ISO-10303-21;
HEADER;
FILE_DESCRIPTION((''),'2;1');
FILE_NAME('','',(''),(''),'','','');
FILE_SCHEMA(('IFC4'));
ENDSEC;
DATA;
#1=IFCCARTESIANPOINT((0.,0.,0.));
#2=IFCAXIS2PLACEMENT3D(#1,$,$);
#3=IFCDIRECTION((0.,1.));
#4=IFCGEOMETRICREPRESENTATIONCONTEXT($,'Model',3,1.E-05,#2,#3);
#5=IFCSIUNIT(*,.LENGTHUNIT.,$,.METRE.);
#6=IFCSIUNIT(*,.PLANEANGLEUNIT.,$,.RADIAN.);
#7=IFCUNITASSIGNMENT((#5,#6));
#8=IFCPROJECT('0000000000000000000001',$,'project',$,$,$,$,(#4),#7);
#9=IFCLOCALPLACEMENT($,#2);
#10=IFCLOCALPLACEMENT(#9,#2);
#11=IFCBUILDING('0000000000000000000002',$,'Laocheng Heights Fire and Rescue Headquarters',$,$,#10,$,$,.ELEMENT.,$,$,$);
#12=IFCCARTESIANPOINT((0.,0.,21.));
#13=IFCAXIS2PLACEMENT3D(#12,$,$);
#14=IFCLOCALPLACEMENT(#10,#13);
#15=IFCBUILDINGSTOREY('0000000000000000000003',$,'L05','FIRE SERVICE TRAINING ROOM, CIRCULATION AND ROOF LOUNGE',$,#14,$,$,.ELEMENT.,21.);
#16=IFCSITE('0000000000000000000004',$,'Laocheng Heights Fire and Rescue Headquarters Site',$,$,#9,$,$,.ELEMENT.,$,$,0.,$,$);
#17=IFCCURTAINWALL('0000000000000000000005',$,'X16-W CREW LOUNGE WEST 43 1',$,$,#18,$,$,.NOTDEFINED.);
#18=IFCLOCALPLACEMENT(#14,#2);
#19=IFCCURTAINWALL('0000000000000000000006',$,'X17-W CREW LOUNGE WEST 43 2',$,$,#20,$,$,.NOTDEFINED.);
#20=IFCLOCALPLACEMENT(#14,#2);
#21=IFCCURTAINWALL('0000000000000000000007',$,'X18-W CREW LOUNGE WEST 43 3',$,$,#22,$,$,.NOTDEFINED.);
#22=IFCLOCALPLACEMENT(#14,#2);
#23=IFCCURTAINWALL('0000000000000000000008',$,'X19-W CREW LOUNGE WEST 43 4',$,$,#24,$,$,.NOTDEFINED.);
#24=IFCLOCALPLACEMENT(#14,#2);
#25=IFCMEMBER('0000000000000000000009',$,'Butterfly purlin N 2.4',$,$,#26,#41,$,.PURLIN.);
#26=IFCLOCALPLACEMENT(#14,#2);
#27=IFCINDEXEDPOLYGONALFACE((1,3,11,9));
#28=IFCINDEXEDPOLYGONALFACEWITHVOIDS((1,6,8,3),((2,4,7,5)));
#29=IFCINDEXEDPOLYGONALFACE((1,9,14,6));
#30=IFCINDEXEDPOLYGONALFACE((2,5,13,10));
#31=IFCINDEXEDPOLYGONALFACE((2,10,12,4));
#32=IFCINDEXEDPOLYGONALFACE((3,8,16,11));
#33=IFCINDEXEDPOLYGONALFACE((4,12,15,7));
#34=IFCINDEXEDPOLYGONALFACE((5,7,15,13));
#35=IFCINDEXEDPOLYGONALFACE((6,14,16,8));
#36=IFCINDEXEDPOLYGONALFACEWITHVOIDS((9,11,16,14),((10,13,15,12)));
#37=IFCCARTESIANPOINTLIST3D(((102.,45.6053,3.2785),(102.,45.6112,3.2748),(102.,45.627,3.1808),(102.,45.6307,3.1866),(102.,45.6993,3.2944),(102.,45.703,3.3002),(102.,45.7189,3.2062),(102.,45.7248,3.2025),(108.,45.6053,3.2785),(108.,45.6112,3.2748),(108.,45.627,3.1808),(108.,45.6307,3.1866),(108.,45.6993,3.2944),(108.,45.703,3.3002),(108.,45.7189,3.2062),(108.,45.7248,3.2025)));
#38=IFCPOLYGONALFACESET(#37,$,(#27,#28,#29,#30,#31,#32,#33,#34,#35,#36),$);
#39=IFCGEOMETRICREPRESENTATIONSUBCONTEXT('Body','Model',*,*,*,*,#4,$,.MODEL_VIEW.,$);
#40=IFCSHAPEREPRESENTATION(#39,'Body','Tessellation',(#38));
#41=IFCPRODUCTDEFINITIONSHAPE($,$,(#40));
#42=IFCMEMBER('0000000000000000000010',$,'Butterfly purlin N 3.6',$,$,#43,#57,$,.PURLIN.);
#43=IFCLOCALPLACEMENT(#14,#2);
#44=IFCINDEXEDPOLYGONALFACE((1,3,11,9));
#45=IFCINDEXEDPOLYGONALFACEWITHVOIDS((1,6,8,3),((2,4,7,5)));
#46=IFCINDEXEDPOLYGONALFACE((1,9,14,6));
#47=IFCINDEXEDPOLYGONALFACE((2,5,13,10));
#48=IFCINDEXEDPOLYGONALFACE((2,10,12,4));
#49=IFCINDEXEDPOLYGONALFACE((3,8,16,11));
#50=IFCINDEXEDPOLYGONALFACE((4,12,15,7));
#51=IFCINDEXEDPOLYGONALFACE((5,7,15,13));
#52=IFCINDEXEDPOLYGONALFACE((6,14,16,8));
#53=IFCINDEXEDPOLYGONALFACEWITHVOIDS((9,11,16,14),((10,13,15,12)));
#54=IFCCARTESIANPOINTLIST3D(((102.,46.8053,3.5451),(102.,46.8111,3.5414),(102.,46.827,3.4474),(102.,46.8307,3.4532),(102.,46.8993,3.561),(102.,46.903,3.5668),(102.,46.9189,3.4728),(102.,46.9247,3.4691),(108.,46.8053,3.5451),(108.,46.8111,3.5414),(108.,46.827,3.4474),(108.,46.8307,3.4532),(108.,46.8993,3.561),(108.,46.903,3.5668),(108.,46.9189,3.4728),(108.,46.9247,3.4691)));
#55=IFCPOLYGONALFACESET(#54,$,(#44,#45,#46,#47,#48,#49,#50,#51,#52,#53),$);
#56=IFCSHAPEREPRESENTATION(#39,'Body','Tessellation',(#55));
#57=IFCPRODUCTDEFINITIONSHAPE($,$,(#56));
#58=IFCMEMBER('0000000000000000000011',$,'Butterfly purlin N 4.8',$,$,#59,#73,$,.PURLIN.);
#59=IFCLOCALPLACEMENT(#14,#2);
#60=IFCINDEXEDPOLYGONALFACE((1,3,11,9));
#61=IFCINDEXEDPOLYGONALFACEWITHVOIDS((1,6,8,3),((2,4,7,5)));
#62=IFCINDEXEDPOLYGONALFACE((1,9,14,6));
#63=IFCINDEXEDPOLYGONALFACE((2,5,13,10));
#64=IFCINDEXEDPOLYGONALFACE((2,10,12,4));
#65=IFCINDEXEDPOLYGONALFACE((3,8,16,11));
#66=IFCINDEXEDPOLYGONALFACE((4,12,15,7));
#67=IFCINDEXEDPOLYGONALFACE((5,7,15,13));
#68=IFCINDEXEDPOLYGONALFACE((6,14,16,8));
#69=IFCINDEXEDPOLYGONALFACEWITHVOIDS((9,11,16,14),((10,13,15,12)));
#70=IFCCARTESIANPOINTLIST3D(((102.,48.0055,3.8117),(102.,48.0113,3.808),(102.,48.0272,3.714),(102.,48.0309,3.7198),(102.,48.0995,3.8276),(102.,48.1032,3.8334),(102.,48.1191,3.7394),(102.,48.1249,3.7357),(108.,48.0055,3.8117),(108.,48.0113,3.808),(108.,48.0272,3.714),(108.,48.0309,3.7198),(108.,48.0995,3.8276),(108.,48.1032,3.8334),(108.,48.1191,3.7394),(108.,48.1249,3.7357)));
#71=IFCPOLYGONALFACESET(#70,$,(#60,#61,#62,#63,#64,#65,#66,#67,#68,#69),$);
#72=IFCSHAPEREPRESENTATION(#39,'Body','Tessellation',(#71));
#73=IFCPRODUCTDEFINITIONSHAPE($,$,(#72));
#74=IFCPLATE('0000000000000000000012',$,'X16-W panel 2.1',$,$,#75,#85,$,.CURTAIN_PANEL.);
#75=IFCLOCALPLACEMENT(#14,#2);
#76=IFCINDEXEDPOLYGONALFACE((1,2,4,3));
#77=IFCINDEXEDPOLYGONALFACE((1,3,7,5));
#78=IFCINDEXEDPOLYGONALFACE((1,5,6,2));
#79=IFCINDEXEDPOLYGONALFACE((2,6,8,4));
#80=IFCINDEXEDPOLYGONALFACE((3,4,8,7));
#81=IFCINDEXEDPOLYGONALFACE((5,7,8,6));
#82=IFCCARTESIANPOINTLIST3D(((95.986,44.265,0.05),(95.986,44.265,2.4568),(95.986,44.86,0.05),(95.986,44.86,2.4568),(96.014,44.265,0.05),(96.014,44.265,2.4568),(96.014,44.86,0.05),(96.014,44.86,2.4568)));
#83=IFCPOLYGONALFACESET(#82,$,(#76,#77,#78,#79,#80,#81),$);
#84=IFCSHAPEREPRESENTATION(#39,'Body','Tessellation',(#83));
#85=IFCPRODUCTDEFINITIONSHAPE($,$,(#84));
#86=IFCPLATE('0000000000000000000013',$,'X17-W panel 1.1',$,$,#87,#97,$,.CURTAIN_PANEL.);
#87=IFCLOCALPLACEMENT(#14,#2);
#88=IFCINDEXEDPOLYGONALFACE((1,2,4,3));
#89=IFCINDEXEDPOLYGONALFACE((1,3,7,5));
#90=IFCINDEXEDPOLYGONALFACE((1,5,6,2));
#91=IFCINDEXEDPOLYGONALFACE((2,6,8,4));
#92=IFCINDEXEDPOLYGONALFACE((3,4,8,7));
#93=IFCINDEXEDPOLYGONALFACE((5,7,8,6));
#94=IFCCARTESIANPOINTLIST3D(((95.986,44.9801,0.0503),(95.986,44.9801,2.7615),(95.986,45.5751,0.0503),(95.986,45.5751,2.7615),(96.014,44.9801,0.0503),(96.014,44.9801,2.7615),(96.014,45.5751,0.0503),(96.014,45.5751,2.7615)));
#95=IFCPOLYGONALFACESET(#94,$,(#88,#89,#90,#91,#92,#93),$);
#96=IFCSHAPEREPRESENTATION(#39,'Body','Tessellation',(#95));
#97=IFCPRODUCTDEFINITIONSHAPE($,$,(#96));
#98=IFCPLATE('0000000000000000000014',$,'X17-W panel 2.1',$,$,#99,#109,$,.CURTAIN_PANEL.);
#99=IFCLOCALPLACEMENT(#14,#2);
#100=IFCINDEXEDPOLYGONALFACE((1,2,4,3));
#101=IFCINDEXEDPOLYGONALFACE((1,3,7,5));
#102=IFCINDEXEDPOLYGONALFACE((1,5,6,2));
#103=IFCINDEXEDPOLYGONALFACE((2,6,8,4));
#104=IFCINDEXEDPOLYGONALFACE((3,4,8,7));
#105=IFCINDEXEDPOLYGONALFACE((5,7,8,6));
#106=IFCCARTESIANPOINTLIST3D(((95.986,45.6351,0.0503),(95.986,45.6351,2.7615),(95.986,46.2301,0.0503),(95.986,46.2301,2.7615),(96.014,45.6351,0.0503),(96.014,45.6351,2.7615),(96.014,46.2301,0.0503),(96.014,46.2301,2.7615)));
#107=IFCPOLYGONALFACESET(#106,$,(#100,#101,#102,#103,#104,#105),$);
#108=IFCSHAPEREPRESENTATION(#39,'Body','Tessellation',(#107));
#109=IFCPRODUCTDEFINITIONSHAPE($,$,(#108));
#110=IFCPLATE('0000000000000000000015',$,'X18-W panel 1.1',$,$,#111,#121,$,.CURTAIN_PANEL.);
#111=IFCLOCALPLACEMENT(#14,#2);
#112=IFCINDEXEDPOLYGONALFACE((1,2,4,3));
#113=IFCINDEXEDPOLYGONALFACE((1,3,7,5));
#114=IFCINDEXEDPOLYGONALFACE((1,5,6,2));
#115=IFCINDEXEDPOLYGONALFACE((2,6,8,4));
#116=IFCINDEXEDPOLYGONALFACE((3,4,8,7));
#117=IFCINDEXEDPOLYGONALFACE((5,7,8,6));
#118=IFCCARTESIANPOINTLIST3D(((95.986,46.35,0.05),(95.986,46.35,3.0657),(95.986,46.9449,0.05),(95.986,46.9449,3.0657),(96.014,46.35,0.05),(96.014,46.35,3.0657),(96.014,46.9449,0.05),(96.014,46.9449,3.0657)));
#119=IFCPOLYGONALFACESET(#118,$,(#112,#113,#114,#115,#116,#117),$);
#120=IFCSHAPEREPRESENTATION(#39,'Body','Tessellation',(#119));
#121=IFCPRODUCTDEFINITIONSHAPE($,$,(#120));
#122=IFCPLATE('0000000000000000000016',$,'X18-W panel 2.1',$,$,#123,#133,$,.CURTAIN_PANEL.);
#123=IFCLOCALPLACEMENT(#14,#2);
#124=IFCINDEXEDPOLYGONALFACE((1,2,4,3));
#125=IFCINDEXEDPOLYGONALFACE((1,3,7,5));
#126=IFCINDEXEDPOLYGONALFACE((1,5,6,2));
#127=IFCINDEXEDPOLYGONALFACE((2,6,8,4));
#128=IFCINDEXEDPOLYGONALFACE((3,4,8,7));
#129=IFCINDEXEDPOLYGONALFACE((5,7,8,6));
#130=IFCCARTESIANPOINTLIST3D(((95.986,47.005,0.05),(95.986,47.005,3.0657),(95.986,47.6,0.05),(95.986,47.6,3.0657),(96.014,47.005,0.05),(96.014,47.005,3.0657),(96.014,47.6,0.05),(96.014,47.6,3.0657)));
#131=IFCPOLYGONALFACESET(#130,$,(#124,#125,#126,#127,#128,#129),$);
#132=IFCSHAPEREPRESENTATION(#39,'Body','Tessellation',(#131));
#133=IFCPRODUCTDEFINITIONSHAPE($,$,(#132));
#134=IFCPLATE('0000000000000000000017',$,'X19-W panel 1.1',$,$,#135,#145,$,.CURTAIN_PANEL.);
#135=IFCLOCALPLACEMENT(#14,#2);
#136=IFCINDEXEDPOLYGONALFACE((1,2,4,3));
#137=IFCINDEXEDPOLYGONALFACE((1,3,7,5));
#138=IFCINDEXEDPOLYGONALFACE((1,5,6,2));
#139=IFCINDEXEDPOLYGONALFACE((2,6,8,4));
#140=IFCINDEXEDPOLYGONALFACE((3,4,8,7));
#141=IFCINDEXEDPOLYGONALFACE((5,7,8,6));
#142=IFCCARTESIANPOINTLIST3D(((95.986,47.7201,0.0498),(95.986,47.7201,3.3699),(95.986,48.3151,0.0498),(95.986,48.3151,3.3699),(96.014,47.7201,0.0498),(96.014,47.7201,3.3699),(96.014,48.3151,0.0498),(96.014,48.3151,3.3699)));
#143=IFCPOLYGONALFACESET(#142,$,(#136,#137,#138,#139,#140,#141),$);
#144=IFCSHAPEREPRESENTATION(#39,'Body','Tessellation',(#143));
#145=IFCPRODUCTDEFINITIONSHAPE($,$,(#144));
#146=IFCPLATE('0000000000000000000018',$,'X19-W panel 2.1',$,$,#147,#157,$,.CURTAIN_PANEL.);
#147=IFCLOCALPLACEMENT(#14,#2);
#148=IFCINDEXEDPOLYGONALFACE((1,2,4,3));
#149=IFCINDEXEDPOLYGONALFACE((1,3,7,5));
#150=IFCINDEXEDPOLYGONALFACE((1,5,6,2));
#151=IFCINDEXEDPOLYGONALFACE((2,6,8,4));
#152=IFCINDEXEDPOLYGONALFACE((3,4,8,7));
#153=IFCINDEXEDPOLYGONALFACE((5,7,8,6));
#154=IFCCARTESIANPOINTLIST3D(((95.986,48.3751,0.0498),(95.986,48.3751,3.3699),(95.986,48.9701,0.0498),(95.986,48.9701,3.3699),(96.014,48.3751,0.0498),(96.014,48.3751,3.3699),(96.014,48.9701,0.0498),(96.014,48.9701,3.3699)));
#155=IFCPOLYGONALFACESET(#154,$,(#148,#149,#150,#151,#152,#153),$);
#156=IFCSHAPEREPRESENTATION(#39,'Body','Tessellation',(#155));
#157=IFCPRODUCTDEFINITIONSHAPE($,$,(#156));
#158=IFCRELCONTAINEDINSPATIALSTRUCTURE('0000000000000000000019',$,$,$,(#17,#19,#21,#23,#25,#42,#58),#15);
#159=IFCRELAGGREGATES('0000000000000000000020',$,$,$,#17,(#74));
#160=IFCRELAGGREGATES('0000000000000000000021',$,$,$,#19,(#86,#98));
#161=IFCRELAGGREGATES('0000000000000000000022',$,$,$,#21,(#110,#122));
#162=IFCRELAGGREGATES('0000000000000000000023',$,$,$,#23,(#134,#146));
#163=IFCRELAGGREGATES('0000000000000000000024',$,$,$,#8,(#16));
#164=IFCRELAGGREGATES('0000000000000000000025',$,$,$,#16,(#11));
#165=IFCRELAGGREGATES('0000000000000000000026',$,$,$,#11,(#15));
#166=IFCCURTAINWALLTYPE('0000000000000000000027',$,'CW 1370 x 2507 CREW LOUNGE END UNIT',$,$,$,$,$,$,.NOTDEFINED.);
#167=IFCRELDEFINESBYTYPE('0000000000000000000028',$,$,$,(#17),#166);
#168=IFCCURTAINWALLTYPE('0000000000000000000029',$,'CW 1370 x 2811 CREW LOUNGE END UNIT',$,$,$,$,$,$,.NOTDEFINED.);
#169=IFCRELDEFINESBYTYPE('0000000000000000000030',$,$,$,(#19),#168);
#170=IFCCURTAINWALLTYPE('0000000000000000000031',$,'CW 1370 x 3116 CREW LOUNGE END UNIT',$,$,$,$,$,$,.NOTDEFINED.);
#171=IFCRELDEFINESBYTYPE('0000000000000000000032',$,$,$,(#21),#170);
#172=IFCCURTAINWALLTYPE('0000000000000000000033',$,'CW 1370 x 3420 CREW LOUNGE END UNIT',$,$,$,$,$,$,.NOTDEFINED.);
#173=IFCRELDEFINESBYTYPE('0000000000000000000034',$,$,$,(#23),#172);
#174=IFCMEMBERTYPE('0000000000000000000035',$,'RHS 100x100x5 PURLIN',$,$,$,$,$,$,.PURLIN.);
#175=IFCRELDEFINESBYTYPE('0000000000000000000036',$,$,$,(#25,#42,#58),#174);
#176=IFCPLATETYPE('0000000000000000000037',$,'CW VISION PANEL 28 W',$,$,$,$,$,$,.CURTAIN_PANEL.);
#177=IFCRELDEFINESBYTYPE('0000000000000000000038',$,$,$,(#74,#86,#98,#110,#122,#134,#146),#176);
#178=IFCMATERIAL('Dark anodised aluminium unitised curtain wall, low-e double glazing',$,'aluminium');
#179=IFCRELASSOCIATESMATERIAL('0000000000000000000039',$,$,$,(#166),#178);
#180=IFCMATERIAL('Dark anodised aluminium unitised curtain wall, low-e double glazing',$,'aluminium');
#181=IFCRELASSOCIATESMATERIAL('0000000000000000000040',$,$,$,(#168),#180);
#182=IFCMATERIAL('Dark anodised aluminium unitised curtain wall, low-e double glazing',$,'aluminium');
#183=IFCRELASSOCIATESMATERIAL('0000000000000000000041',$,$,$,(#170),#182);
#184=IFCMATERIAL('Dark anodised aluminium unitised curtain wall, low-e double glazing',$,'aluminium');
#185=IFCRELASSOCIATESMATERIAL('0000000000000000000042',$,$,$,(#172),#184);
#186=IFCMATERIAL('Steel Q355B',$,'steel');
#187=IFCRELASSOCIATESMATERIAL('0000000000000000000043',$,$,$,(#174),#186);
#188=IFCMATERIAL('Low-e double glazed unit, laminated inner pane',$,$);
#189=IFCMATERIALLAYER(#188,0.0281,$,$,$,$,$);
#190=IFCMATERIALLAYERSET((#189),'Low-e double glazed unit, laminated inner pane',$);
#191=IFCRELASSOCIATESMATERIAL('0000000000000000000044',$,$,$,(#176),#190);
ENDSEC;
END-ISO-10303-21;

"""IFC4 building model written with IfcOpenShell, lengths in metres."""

from ifc_helpers import new_model, si_unit, direction, frame, origin, origin_2d, place, context, subcontext, project, spatial, rectangle, hollow_rectangle, extrude, material, layer, layer_set, material_profile, profile_set, type_object, element, aggregate, save


model = new_model("IFC4")

# Units and contexts
model_context = context("Model", 3, precision=1e-05, world=origin(), true_north=direction((0.0, 1.0)))
body_context = subcontext(model_context, "Body", "Model", "MODEL_VIEW")
ifc_project = project(units=[si_unit("LENGTHUNIT", "METRE"), si_unit("PLANEANGLEUNIT", "RADIAN")], contexts=[model_context])

# Site, building, storey
site_placement = place(None, origin())
site = spatial("IfcSite", under=ifc_project, at=site_placement, Name="Laocheng Heights Fire and Rescue Headquarters Site", CompositionType="ELEMENT", RefElevation=0.0)
building_placement = place(site_placement, origin())
building = spatial("IfcBuilding", under=site, at=building_placement, Name="Laocheng Heights Fire and Rescue Headquarters", CompositionType="ELEMENT")
storey_placement = place(building_placement, frame((0.0, 0.0, 21.0)))
storey = spatial("IfcBuildingStorey", under=building, at=storey_placement, Name="L05", Description="FIRE SERVICE TRAINING ROOM, CIRCULATION AND ROOF LOUNGE", CompositionType="ELEMENT", Elevation=21.0)

# Curtain wall
ifc_material_1 = material(Name="Dark anodised aluminium unitised curtain wall, low-e double glazing", Category="aluminium")
curtain_wall_type_1 = type_object("IfcCurtainWallType", Name="CW 1370 x 2507 CREW LOUNGE END UNIT", PredefinedType="NOTDEFINED", material=ifc_material_1)
curtain_wall_1_placement = place(storey_placement, origin())
curtain_wall_1 = element("IfcCurtainWall", 1, at=curtain_wall_1_placement, inside=storey, type_object=curtain_wall_type_1, Name="X16-W CREW LOUNGE WEST 43 1", PredefinedType="NOTDEFINED")

# Curtain walls
ifc_material_2 = material(Name="Dark anodised aluminium unitised curtain wall, low-e double glazing", Category="aluminium")
curtain_wall_type_2 = type_object("IfcCurtainWallType", Name="CW 1370 x 2811 CREW LOUNGE END UNIT", PredefinedType="NOTDEFINED", material=ifc_material_2)
curtain_wall_2_placement = place(storey_placement, origin())
curtain_wall_2 = element("IfcCurtainWall", 2, at=curtain_wall_2_placement, inside=storey, type_object=curtain_wall_type_2, Name="X17-W CREW LOUNGE WEST 43 2", PredefinedType="NOTDEFINED")
ifc_material_3 = material(Name="Dark anodised aluminium unitised curtain wall, low-e double glazing", Category="aluminium")
curtain_wall_type_3 = type_object("IfcCurtainWallType", Name="CW 1370 x 3116 CREW LOUNGE END UNIT", PredefinedType="NOTDEFINED", material=ifc_material_3)
curtain_wall_3_placement = place(storey_placement, origin())
curtain_wall_3 = element("IfcCurtainWall", 3, at=curtain_wall_3_placement, inside=storey, type_object=curtain_wall_type_3, Name="X18-W CREW LOUNGE WEST 43 3", PredefinedType="NOTDEFINED")
ifc_material_4 = material(Name="Dark anodised aluminium unitised curtain wall, low-e double glazing", Category="aluminium")
curtain_wall_type_4 = type_object("IfcCurtainWallType", Name="CW 1370 x 3420 CREW LOUNGE END UNIT", PredefinedType="NOTDEFINED", material=ifc_material_4)
curtain_wall_4_placement = place(storey_placement, origin())
curtain_wall_4 = element("IfcCurtainWall", 4, at=curtain_wall_4_placement, inside=storey, type_object=curtain_wall_type_4, Name="X19-W CREW LOUNGE WEST 43 4", PredefinedType="NOTDEFINED")

# Members
ifc_material_5 = material(Name="Steel Q355B", Category="steel")
ifc_material_profile_1 = material_profile(ifc_material_5, hollow_rectangle(XDim=0.1001, YDim=0.1001, WallThickness=0.0049, at=origin_2d()), Name="RHS 100x100x5")
ifc_profile_set_1 = profile_set([ifc_material_profile_1], Name="Steel Q355B")
member_type_1 = type_object("IfcMemberType", Name="RHS 100x100x5 PURLIN", PredefinedType="PURLIN", material=ifc_profile_set_1)
for number, where, z_axis, x_axis, name in (
    (5, (102.0, 45.665, 3.2405), (1.0, 0.0, 0.0), (0.0, 0.976187, 0.21693), "Butterfly purlin N 2.4"),
    (6, (102.0, 46.865, 3.5071), (1.0, 0.0, 0.0), (0.0, 0.976187, 0.21693), "Butterfly purlin N 3.6"),
    (7, (102.0, 48.0652, 3.7737), (1.0, 0.0, 0.0), (0.0, 0.976187, 0.21693), "Butterfly purlin N 4.8"),
):
    element("IfcMember", number, at=place(storey_placement, frame(where, z_axis=z_axis, x_axis=x_axis)), inside=storey, type_object=member_type_1, Name=name, PredefinedType="PURLIN", context=body_context, shape_type="SweptSolid", body=[
        extrude(hollow_rectangle(XDim=0.1001, YDim=0.1001, WallThickness=0.0049, at=origin_2d()), origin(), (0.0, 0.0, 1.0), 6.0),
    ])

# Plates
ifc_material_6 = material(Name="Low-e double glazed unit, laminated inner pane")
ifc_layer = layer(ifc_material_6, 0.0281)
ifc_layer_set = layer_set([ifc_layer], Name="Low-e double glazed unit, laminated inner pane")
plate_type = type_object("IfcPlateType", Name="CW VISION PANEL 28 W", PredefinedType="CURTAIN_PANEL", material=ifc_layer_set)
plate_1_placement = place(storey_placement, frame((96.0, 44.5625, 0.05), z_axis=(0.0, 0.0, 1.0), x_axis=(0.0, 1.0, 0.0)))
plate_1 = element("IfcPlate", 8, at=plate_1_placement, type_object=plate_type, Name="X16-W panel 2.1", PredefinedType="CURTAIN_PANEL", context=body_context, shape_type="SweptSolid", body=[
    extrude(rectangle(XDim=0.595, YDim=0.0281, at=origin_2d()), origin(), (0.0, 0.0, 1.0), 2.4067),
])
aggregate(curtain_wall_1, [plate_1])
plate_2_placement = place(storey_placement, frame((96.0, 45.2776, 0.0503), z_axis=(0.0, 0.0, 1.0), x_axis=(0.0, 1.0, 0.0)))
plate_2 = element("IfcPlate", 9, at=plate_2_placement, type_object=plate_type, Name="X17-W panel 1.1", PredefinedType="CURTAIN_PANEL", context=body_context, shape_type="SweptSolid", body=[
    extrude(rectangle(XDim=0.595, YDim=0.0281, at=origin_2d()), origin(), (0.0, 0.0, 1.0), 2.7112),
])
plate_3_placement = place(storey_placement, frame((96.0, 45.9326, 0.0503), z_axis=(0.0, 0.0, 1.0), x_axis=(0.0, 1.0, 0.0)))
plate_3 = element("IfcPlate", 10, at=plate_3_placement, type_object=plate_type, Name="X17-W panel 2.1", PredefinedType="CURTAIN_PANEL", context=body_context, shape_type="SweptSolid", body=[
    extrude(rectangle(XDim=0.595, YDim=0.0281, at=origin_2d()), origin(), (0.0, 0.0, 1.0), 2.7112),
])
aggregate(curtain_wall_2, [plate_2, plate_3])
plate_4_placement = place(storey_placement, frame((96.0, 46.6475, 0.05), z_axis=(0.0, 0.0, 1.0), x_axis=(0.0, 1.0, 0.0)))
plate_4 = element("IfcPlate", 11, at=plate_4_placement, type_object=plate_type, Name="X18-W panel 1.1", PredefinedType="CURTAIN_PANEL", context=body_context, shape_type="SweptSolid", body=[
    extrude(rectangle(XDim=0.595, YDim=0.0281, at=origin_2d()), origin(), (0.0, 0.0, 1.0), 3.0156),
])
plate_5_placement = place(storey_placement, frame((96.0, 47.3025, 0.05), z_axis=(0.0, 0.0, 1.0), x_axis=(0.0, 1.0, 0.0)))
plate_5 = element("IfcPlate", 12, at=plate_5_placement, type_object=plate_type, Name="X18-W panel 2.1", PredefinedType="CURTAIN_PANEL", context=body_context, shape_type="SweptSolid", body=[
    extrude(rectangle(XDim=0.595, YDim=0.0281, at=origin_2d()), origin(), (0.0, 0.0, 1.0), 3.0156),
])
aggregate(curtain_wall_3, [plate_4, plate_5])
plate_6_placement = place(storey_placement, frame((96.0, 48.0176, 0.0498), z_axis=(0.0, 0.0, 1.0), x_axis=(0.0, 1.0, 0.0)))
plate_6 = element("IfcPlate", 13, at=plate_6_placement, type_object=plate_type, Name="X19-W panel 1.1", PredefinedType="CURTAIN_PANEL", context=body_context, shape_type="SweptSolid", body=[
    extrude(rectangle(XDim=0.595, YDim=0.0281, at=origin_2d()), origin(), (0.0, 0.0, 1.0), 3.3201),
])
plate_7_placement = place(storey_placement, frame((96.0, 48.6726, 0.0498), z_axis=(0.0, 0.0, 1.0), x_axis=(0.0, 1.0, 0.0)))
plate_7 = element("IfcPlate", 14, at=plate_7_placement, type_object=plate_type, Name="X19-W panel 2.1", PredefinedType="CURTAIN_PANEL", context=body_context, shape_type="SweptSolid", body=[
    extrude(rectangle(XDim=0.595, YDim=0.0281, at=origin_2d()), origin(), (0.0, 0.0, 1.0), 3.3201),
])
aggregate(curtain_wall_4, [plate_6, plate_7])

save(model, "model.ifc")
